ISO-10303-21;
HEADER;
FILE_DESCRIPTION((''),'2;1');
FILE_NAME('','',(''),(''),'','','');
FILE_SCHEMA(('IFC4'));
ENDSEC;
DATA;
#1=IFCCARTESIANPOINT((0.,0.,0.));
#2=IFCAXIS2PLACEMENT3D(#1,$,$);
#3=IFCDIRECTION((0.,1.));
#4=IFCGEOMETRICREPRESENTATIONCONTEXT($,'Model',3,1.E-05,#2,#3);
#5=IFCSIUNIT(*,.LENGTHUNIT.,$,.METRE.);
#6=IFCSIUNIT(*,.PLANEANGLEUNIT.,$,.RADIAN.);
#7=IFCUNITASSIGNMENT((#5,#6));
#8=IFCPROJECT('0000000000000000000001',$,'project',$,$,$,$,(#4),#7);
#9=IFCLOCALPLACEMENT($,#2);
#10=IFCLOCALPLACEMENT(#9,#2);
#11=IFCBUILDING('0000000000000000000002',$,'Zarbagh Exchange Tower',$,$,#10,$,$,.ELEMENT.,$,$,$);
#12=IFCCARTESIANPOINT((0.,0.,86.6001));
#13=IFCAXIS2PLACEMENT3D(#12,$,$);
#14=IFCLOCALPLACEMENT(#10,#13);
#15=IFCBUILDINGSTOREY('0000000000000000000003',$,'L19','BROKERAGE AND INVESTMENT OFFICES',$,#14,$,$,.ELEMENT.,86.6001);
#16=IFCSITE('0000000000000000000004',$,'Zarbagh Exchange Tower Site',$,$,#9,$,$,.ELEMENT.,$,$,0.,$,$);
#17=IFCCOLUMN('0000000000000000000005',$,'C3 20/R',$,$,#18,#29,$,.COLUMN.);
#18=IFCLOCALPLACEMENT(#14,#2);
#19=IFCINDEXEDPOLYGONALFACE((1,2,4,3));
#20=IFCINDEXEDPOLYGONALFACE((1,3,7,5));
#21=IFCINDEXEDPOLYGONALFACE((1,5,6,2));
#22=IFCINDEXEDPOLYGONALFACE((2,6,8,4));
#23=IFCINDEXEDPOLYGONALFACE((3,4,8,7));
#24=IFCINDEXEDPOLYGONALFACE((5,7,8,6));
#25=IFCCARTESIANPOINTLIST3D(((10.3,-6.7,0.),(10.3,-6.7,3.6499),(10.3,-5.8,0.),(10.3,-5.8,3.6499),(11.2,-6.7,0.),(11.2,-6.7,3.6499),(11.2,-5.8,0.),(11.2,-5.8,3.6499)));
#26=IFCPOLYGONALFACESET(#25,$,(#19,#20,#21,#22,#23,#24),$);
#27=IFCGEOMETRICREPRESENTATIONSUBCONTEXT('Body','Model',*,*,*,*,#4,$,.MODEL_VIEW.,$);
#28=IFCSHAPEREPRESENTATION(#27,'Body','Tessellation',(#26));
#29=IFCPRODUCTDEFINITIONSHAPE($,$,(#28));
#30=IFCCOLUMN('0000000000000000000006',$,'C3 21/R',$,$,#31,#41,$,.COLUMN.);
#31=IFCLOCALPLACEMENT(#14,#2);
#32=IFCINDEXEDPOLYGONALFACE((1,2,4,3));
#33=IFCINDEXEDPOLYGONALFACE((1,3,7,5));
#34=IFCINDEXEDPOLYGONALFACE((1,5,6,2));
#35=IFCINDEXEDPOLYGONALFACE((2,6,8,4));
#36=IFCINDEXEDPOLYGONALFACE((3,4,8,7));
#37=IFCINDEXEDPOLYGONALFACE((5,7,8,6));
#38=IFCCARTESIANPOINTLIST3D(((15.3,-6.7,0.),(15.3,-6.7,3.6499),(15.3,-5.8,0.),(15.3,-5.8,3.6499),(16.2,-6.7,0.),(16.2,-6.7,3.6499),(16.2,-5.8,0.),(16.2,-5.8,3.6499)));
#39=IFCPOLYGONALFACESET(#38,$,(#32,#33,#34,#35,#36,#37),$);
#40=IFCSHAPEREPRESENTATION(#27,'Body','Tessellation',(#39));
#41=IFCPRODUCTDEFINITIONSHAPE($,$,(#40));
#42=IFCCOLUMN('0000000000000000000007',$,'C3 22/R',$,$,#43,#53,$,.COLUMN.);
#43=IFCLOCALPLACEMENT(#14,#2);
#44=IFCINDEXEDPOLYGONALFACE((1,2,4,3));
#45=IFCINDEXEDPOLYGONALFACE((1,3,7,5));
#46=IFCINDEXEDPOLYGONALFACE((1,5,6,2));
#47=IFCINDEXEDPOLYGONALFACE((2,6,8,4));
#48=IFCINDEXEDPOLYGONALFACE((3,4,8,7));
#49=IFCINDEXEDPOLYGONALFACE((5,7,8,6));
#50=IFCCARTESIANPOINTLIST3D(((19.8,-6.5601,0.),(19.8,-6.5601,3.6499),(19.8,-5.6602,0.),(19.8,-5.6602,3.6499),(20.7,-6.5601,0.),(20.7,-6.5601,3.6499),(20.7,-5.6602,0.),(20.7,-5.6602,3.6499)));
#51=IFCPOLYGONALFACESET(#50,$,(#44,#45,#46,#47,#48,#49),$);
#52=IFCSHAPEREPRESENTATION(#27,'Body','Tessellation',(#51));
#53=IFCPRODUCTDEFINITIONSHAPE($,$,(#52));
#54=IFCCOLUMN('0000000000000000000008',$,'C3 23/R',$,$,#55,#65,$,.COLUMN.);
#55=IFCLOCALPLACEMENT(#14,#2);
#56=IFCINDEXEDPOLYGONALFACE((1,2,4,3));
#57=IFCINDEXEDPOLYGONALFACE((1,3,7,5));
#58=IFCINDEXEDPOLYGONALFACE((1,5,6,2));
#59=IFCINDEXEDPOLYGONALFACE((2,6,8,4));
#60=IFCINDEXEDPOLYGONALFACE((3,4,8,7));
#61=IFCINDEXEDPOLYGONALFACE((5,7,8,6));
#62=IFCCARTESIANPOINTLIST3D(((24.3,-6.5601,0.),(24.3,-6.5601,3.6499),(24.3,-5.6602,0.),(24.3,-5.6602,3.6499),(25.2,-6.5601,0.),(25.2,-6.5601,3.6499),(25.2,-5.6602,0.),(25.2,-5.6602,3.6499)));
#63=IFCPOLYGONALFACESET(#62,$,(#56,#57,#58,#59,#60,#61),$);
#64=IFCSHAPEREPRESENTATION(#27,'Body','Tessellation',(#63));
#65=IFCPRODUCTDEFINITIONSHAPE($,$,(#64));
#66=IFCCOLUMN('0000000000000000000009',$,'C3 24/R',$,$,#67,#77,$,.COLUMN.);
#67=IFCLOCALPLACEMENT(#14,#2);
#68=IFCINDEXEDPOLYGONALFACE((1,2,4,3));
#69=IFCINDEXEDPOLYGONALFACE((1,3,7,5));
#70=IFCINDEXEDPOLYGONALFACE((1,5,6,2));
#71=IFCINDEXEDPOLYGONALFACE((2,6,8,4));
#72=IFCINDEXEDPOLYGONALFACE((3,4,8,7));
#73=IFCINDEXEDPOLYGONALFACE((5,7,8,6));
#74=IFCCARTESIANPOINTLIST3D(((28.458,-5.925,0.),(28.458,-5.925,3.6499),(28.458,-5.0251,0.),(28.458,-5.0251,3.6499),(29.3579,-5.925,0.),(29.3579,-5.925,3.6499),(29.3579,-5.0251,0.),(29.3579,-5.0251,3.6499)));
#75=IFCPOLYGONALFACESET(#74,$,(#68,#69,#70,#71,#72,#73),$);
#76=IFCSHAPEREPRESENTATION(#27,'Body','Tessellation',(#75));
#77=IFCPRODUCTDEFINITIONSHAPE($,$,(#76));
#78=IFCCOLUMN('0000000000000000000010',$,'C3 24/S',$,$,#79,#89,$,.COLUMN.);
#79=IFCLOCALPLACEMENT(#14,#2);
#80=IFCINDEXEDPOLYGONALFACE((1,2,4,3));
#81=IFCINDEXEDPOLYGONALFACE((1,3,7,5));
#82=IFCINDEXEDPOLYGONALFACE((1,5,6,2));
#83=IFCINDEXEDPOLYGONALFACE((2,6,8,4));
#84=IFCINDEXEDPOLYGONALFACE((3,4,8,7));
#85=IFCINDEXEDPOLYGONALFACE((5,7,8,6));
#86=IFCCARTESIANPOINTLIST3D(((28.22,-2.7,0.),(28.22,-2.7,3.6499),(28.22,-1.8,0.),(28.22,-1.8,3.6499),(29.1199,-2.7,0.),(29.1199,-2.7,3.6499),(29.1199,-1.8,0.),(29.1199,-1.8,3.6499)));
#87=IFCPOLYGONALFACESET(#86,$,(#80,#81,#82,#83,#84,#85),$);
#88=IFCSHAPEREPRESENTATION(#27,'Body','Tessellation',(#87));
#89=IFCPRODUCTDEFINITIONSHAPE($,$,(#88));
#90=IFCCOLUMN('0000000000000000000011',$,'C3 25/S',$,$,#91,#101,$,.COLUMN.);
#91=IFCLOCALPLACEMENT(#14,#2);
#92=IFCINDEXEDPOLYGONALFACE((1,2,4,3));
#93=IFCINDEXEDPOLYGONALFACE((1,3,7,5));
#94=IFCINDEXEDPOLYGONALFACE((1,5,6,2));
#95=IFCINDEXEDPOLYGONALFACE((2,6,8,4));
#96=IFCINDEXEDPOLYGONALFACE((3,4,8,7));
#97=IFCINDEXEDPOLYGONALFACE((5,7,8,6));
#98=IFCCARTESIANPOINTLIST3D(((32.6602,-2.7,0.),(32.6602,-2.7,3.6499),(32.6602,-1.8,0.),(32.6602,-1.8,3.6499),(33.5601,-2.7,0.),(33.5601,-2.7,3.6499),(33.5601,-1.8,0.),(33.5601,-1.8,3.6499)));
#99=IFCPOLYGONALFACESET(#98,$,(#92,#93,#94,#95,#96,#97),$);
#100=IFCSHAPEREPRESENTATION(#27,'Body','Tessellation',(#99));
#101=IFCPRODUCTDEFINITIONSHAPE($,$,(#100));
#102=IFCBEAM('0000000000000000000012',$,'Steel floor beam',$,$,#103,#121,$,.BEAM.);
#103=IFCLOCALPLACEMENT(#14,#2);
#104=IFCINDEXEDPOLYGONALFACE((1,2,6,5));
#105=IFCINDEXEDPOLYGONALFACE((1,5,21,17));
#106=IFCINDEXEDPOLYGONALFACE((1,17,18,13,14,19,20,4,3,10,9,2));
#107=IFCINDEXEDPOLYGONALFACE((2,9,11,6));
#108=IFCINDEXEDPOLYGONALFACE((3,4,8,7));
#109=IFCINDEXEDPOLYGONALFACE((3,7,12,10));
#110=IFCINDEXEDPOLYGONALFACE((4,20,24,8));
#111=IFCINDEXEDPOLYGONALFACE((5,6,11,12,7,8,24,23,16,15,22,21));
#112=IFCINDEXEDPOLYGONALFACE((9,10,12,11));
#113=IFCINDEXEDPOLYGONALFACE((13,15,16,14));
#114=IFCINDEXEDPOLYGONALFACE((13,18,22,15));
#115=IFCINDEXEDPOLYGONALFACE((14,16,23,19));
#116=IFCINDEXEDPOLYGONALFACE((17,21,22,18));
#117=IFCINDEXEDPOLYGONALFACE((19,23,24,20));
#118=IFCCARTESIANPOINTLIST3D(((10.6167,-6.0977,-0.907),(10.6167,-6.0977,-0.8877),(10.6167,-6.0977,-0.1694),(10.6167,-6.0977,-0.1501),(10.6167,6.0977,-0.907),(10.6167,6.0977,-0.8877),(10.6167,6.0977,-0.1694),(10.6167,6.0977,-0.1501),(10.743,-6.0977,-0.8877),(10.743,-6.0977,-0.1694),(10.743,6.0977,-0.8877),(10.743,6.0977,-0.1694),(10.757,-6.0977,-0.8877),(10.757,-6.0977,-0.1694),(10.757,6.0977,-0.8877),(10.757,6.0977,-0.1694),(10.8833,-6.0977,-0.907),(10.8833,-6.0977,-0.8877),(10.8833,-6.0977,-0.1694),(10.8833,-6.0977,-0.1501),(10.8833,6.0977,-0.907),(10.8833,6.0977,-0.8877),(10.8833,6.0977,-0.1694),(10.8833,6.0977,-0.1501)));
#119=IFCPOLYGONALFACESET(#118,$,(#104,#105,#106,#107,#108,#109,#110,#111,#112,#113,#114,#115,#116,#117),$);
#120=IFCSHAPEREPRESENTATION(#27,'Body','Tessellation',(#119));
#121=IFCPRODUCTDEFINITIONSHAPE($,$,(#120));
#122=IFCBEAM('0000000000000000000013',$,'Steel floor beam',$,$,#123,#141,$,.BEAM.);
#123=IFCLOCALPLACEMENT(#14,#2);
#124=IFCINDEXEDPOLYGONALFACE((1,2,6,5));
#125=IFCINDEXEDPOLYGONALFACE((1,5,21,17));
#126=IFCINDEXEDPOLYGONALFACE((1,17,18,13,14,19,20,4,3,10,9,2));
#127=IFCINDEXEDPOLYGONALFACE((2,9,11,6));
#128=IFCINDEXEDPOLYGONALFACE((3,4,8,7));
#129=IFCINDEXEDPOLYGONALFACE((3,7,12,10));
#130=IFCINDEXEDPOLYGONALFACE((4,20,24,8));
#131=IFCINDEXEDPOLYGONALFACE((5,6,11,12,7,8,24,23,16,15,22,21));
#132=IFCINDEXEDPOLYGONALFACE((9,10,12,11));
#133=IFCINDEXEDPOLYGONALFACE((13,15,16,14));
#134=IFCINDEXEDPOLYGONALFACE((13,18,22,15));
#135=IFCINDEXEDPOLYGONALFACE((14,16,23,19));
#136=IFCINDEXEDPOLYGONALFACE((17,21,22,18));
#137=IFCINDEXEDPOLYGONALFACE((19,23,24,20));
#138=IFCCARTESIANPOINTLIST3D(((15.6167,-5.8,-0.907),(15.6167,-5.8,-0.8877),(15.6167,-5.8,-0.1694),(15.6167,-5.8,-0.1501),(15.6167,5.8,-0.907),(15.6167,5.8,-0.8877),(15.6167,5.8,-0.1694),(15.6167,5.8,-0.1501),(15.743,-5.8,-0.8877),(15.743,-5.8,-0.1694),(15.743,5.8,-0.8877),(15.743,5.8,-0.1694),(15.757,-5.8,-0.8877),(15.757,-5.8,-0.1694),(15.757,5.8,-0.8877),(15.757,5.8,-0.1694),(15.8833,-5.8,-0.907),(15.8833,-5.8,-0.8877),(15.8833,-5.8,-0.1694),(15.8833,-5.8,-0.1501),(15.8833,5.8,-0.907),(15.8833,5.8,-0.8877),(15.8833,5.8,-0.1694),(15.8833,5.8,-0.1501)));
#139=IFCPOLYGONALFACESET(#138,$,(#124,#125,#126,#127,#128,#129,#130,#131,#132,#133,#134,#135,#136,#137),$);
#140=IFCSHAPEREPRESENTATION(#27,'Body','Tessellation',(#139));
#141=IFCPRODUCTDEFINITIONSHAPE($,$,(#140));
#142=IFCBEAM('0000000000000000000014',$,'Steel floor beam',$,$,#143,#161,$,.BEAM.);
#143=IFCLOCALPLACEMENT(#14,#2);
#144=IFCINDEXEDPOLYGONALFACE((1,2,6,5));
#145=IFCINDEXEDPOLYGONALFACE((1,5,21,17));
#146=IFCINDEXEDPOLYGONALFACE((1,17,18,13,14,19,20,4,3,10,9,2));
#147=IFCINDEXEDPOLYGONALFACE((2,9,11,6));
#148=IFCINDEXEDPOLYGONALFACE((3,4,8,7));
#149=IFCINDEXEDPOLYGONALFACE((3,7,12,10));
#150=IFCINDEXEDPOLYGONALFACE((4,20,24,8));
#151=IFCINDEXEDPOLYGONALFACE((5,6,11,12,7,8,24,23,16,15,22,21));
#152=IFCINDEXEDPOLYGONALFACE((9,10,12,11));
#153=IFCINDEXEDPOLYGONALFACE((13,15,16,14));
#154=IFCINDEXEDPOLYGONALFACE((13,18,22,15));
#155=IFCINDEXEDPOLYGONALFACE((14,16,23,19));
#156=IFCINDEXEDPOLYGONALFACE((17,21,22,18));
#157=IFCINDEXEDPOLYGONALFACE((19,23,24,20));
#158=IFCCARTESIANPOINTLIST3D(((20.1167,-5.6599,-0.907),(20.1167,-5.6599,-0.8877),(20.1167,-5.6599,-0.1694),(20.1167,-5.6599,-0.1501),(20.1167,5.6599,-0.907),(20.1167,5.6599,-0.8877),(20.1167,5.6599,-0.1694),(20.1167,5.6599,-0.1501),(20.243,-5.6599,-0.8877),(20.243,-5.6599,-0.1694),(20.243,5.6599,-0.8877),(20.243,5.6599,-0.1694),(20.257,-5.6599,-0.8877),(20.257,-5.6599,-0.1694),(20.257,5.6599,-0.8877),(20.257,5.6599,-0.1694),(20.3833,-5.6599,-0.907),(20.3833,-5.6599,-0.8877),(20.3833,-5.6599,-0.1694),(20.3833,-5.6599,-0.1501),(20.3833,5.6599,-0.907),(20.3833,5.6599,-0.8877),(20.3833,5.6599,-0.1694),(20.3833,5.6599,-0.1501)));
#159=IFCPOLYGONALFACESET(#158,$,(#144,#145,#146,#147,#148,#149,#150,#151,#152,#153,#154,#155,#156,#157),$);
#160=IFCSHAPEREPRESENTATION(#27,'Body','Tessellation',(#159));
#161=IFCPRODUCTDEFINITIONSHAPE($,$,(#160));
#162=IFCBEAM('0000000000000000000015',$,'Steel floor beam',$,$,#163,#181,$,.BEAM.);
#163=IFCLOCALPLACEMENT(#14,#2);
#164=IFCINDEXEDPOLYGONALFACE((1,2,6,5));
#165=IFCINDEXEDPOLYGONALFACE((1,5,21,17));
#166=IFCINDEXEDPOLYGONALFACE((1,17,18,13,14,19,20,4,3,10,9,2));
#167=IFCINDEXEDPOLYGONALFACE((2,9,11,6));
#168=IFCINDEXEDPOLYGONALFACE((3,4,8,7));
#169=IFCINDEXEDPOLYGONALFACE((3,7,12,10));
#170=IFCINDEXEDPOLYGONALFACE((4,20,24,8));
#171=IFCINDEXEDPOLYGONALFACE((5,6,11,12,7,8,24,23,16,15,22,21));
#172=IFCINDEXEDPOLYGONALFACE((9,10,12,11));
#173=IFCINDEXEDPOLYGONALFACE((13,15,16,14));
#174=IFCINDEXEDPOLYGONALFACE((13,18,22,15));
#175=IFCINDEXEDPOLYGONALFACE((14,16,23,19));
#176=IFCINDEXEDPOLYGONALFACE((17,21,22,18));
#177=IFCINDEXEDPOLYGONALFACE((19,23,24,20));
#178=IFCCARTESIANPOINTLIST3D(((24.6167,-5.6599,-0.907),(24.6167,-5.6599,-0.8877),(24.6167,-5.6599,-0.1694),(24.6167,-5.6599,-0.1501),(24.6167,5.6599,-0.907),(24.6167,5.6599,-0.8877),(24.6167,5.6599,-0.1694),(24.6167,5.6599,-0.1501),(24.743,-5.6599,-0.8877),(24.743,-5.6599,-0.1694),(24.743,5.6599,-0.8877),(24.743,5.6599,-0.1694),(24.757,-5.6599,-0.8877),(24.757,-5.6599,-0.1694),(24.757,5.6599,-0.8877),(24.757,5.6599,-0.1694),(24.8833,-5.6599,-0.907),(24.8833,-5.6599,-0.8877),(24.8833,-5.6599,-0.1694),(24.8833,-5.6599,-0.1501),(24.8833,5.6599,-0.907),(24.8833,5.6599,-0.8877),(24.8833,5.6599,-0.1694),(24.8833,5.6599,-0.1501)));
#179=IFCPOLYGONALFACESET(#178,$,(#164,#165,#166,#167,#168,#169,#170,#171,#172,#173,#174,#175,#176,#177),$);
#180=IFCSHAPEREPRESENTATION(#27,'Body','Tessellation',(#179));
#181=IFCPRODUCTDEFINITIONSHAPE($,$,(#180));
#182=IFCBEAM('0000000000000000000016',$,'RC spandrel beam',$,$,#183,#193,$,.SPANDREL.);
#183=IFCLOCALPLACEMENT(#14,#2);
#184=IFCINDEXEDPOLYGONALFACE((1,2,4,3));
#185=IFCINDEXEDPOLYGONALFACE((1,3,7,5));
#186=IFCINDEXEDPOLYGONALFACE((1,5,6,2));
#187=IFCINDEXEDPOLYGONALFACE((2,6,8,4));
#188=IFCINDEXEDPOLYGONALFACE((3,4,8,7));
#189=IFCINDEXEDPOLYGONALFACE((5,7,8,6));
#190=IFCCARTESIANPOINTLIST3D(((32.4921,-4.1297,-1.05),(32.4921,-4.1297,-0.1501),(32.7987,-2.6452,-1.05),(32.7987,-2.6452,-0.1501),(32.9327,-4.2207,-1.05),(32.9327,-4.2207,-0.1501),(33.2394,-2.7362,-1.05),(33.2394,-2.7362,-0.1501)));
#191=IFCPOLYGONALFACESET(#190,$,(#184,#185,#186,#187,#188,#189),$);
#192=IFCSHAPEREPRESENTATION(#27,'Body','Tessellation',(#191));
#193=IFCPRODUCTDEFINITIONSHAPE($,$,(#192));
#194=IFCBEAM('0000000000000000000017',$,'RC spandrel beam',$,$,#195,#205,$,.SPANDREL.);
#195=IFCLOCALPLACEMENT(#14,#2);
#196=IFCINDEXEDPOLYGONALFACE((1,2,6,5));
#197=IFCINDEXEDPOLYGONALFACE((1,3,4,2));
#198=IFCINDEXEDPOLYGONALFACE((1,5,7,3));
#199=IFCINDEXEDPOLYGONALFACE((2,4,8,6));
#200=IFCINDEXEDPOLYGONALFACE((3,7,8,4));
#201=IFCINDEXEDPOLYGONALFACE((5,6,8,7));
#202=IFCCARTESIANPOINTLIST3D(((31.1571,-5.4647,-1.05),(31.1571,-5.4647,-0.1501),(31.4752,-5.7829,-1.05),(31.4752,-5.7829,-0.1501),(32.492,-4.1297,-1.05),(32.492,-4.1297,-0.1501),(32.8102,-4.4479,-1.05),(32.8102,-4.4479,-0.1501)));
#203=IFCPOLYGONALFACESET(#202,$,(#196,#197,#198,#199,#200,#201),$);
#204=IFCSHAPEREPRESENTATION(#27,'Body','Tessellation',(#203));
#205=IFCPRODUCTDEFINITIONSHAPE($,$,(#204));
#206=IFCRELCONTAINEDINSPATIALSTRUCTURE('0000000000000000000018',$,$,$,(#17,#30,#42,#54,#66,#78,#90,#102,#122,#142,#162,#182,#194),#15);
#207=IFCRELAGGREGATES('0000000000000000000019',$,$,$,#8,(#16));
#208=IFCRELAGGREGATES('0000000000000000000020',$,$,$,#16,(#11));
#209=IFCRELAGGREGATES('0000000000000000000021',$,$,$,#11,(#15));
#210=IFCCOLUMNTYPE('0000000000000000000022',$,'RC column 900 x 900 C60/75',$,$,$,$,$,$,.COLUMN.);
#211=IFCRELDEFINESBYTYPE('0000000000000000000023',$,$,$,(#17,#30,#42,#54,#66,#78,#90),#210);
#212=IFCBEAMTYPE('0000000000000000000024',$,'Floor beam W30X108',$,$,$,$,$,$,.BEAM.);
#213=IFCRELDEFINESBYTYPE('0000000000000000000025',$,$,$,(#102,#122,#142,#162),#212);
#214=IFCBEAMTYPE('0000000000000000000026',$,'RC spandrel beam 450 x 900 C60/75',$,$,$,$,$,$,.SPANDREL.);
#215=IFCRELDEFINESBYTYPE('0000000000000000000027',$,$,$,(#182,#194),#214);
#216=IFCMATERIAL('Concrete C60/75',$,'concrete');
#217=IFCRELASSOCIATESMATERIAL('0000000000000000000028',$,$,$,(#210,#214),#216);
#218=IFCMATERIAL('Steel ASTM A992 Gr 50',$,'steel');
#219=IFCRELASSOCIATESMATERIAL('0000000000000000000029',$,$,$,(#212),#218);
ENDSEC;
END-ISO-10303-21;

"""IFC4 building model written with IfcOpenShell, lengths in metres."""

from ifc_helpers import new_model, si_unit, direction, frame, origin, origin_2d, place, context, subcontext, project, spatial, rectangle, i_section, extrude, material, material_profile, profile_set, type_object, element, save


model = new_model("IFC4")

# Units and contexts
model_context = context("Model", 3, precision=1e-05, world=origin(), true_north=direction((0.0, 1.0)))
body_context = subcontext(model_context, "Body", "Model", "MODEL_VIEW")
ifc_project = project(units=[si_unit("LENGTHUNIT", "METRE"), si_unit("PLANEANGLEUNIT", "RADIAN")], contexts=[model_context])

# Site, building, storey
site_placement = place(None, origin())
site = spatial("IfcSite", under=ifc_project, at=site_placement, Name="Zarbagh Exchange Tower Site", CompositionType="ELEMENT", RefElevation=0.0)
building_placement = place(site_placement, origin())
building = spatial("IfcBuilding", under=site, at=building_placement, Name="Zarbagh Exchange Tower", CompositionType="ELEMENT")
storey_placement = place(building_placement, frame((0.0, 0.0, 86.6001)))
storey = spatial("IfcBuildingStorey", under=building, at=storey_placement, Name="L19", Description="BROKERAGE AND INVESTMENT OFFICES", CompositionType="ELEMENT", Elevation=86.6001)

# Columns
ifc_material_1 = material(Name="Concrete C60/75", Category="concrete")
ifc_material_profile_1 = material_profile(ifc_material_1, rectangle(XDim=0.8999, YDim=0.8999, at=origin_2d()), Name="RC column 900 x 900 C60/75")
ifc_profile_set_1 = profile_set([ifc_material_profile_1], Name="Concrete C60/75")
column_type = type_object("IfcColumnType", Name="RC column 900 x 900 C60/75", PredefinedType="COLUMN", material=ifc_profile_set_1)
for number, where, z_axis, x_axis, name in (
    (1, (10.75, -6.25, 0.0), (0.0, 0.0, 1.0), (1.0, 0.0, 0.0), "C3 20/R"),
    (2, (15.75, -6.25, 0.0), (0.0, 0.0, 1.0), (1.0, 0.0, 0.0), "C3 21/R"),
    (3, (20.25, -6.1101, 0.0), (0.0, 0.0, 1.0), (1.0, 0.0, 0.0), "C3 22/R"),
    (4, (24.75, -6.1101, 0.0), (0.0, 0.0, 1.0), (1.0, 0.0, 0.0), "C3 23/R"),
    (5, (28.908, -5.4751, 0.0), (0.0, 0.0, 1.0), (1.0, 0.0, 0.0), "C3 24/R"),
    (6, (28.6699, -2.25, 0.0), (0.0, 0.0, 1.0), (1.0, 0.0, 0.0), "C3 24/S"),
    (7, (33.1101, -2.25, 0.0), (0.0, 0.0, 1.0), (1.0, 0.0, 0.0), "C3 25/S"),
):
    element("IfcColumn", number, at=place(storey_placement, frame(where, z_axis=z_axis, x_axis=x_axis)), inside=storey, type_object=column_type, Name=name, PredefinedType="COLUMN", context=body_context, shape_type="SweptSolid", body=[
        extrude(rectangle(XDim=0.8999, YDim=0.8999, at=origin_2d()), origin(), (0.0, 0.0, 1.0), 3.6499),
    ])

# Beams
ifc_material_2 = material(Name="Steel ASTM A992 Gr 50", Category="steel")
ifc_material_profile_2 = material_profile(ifc_material_2, i_section(OverallWidth=0.2666, OverallDepth=0.7568, WebThickness=0.0139, FlangeThickness=0.0193, at=origin_2d()), Name="W30X108")
ifc_profile_set_2 = profile_set([ifc_material_profile_2], Name="Steel ASTM A992 Gr 50")
beam_type_1 = type_object("IfcBeamType", Name="Floor beam W30X108", PredefinedType="BEAM", material=ifc_profile_set_2)
beam_1_placement = place(storey_placement, frame((10.75, -6.0977, -0.5286), z_axis=(0.0, 1.0, 0.0), x_axis=(-1.0, 0.0, 0.0)))
element("IfcBeam", 8, at=beam_1_placement, inside=storey, type_object=beam_type_1, Name="Steel floor beam", PredefinedType="BEAM", context=body_context, shape_type="SweptSolid", body=[
    extrude(i_section(OverallWidth=0.2666, OverallDepth=0.7568, WebThickness=0.0139, FlangeThickness=0.0193, at=origin_2d()), origin(), (0.0, 0.0, 1.0), 12.1953),
])
beam_2_placement = place(storey_placement, frame((15.75, -5.8, -0.5286), z_axis=(0.0, 1.0, 0.0), x_axis=(-1.0, 0.0, 0.0)))
element("IfcBeam", 9, at=beam_2_placement, inside=storey, type_object=beam_type_1, Name="Steel floor beam", PredefinedType="BEAM", context=body_context, shape_type="SweptSolid", body=[
    extrude(i_section(OverallWidth=0.2666, OverallDepth=0.7568, WebThickness=0.0139, FlangeThickness=0.0193, at=origin_2d()), origin(), (0.0, 0.0, 1.0), 11.6001),
])
for number, where, z_axis, x_axis, name in (
    (10, (20.25, -5.6599, -0.5286), (0.0, 1.0, 0.0), (-1.0, 0.0, 0.0), "Steel floor beam"),
    (11, (24.75, -5.6599, -0.5286), (0.0, 1.0, 0.0), (-1.0, 0.0, 0.0), "Steel floor beam"),
):
    element("IfcBeam", number, at=place(storey_placement, frame(where, z_axis=z_axis, x_axis=x_axis)), inside=storey, type_object=beam_type_1, Name=name, PredefinedType="BEAM", context=body_context, shape_type="SweptSolid", body=[
        extrude(i_section(OverallWidth=0.2666, OverallDepth=0.7568, WebThickness=0.0139, FlangeThickness=0.0193, at=origin_2d()), origin(), (0.0, 0.0, 1.0), 11.3198),
    ])
ifc_material_profile_3 = material_profile(ifc_material_1, rectangle(XDim=0.45, YDim=0.8999, at=origin_2d()), Name="RC spandrel beam 450 x 900 C60/75")
ifc_profile_set_3 = profile_set([ifc_material_profile_3], Name="Concrete C60/75")
beam_type_2 = type_object("IfcBeamType", Name="RC spandrel beam 450 x 900 C60/75", PredefinedType="SPANDREL", material=ifc_profile_set_3)
beam_3_placement = place(storey_placement, frame((33.019, -2.6907, -0.6001), z_axis=(-0.202275, -0.979329, 0.0), x_axis=(0.979329, -0.202275, 0.0)))
element("IfcBeam", 12, at=beam_3_placement, inside=storey, type_object=beam_type_2, Name="RC spandrel beam", PredefinedType="SPANDREL", context=body_context, shape_type="SweptSolid", body=[
    extrude(rectangle(XDim=0.45, YDim=0.8999, at=origin_2d()), origin(), (0.0, 0.0, 1.0), 1.5159),
])
beam_4_placement = place(storey_placement, frame((32.6511, -4.2888, -0.6001), z_axis=(-0.707107, -0.707107, 0.0), x_axis=(0.707107, -0.707107, 0.0)))
element("IfcBeam", 13, at=beam_4_placement, inside=storey, type_object=beam_type_2, Name="RC spandrel beam", PredefinedType="SPANDREL", context=body_context, shape_type="SweptSolid", body=[
    extrude(rectangle(XDim=0.45, YDim=0.8999, at=origin_2d()), origin(), (0.0, 0.0, 1.0), 1.8879),
])

save(model, "model.ifc")
